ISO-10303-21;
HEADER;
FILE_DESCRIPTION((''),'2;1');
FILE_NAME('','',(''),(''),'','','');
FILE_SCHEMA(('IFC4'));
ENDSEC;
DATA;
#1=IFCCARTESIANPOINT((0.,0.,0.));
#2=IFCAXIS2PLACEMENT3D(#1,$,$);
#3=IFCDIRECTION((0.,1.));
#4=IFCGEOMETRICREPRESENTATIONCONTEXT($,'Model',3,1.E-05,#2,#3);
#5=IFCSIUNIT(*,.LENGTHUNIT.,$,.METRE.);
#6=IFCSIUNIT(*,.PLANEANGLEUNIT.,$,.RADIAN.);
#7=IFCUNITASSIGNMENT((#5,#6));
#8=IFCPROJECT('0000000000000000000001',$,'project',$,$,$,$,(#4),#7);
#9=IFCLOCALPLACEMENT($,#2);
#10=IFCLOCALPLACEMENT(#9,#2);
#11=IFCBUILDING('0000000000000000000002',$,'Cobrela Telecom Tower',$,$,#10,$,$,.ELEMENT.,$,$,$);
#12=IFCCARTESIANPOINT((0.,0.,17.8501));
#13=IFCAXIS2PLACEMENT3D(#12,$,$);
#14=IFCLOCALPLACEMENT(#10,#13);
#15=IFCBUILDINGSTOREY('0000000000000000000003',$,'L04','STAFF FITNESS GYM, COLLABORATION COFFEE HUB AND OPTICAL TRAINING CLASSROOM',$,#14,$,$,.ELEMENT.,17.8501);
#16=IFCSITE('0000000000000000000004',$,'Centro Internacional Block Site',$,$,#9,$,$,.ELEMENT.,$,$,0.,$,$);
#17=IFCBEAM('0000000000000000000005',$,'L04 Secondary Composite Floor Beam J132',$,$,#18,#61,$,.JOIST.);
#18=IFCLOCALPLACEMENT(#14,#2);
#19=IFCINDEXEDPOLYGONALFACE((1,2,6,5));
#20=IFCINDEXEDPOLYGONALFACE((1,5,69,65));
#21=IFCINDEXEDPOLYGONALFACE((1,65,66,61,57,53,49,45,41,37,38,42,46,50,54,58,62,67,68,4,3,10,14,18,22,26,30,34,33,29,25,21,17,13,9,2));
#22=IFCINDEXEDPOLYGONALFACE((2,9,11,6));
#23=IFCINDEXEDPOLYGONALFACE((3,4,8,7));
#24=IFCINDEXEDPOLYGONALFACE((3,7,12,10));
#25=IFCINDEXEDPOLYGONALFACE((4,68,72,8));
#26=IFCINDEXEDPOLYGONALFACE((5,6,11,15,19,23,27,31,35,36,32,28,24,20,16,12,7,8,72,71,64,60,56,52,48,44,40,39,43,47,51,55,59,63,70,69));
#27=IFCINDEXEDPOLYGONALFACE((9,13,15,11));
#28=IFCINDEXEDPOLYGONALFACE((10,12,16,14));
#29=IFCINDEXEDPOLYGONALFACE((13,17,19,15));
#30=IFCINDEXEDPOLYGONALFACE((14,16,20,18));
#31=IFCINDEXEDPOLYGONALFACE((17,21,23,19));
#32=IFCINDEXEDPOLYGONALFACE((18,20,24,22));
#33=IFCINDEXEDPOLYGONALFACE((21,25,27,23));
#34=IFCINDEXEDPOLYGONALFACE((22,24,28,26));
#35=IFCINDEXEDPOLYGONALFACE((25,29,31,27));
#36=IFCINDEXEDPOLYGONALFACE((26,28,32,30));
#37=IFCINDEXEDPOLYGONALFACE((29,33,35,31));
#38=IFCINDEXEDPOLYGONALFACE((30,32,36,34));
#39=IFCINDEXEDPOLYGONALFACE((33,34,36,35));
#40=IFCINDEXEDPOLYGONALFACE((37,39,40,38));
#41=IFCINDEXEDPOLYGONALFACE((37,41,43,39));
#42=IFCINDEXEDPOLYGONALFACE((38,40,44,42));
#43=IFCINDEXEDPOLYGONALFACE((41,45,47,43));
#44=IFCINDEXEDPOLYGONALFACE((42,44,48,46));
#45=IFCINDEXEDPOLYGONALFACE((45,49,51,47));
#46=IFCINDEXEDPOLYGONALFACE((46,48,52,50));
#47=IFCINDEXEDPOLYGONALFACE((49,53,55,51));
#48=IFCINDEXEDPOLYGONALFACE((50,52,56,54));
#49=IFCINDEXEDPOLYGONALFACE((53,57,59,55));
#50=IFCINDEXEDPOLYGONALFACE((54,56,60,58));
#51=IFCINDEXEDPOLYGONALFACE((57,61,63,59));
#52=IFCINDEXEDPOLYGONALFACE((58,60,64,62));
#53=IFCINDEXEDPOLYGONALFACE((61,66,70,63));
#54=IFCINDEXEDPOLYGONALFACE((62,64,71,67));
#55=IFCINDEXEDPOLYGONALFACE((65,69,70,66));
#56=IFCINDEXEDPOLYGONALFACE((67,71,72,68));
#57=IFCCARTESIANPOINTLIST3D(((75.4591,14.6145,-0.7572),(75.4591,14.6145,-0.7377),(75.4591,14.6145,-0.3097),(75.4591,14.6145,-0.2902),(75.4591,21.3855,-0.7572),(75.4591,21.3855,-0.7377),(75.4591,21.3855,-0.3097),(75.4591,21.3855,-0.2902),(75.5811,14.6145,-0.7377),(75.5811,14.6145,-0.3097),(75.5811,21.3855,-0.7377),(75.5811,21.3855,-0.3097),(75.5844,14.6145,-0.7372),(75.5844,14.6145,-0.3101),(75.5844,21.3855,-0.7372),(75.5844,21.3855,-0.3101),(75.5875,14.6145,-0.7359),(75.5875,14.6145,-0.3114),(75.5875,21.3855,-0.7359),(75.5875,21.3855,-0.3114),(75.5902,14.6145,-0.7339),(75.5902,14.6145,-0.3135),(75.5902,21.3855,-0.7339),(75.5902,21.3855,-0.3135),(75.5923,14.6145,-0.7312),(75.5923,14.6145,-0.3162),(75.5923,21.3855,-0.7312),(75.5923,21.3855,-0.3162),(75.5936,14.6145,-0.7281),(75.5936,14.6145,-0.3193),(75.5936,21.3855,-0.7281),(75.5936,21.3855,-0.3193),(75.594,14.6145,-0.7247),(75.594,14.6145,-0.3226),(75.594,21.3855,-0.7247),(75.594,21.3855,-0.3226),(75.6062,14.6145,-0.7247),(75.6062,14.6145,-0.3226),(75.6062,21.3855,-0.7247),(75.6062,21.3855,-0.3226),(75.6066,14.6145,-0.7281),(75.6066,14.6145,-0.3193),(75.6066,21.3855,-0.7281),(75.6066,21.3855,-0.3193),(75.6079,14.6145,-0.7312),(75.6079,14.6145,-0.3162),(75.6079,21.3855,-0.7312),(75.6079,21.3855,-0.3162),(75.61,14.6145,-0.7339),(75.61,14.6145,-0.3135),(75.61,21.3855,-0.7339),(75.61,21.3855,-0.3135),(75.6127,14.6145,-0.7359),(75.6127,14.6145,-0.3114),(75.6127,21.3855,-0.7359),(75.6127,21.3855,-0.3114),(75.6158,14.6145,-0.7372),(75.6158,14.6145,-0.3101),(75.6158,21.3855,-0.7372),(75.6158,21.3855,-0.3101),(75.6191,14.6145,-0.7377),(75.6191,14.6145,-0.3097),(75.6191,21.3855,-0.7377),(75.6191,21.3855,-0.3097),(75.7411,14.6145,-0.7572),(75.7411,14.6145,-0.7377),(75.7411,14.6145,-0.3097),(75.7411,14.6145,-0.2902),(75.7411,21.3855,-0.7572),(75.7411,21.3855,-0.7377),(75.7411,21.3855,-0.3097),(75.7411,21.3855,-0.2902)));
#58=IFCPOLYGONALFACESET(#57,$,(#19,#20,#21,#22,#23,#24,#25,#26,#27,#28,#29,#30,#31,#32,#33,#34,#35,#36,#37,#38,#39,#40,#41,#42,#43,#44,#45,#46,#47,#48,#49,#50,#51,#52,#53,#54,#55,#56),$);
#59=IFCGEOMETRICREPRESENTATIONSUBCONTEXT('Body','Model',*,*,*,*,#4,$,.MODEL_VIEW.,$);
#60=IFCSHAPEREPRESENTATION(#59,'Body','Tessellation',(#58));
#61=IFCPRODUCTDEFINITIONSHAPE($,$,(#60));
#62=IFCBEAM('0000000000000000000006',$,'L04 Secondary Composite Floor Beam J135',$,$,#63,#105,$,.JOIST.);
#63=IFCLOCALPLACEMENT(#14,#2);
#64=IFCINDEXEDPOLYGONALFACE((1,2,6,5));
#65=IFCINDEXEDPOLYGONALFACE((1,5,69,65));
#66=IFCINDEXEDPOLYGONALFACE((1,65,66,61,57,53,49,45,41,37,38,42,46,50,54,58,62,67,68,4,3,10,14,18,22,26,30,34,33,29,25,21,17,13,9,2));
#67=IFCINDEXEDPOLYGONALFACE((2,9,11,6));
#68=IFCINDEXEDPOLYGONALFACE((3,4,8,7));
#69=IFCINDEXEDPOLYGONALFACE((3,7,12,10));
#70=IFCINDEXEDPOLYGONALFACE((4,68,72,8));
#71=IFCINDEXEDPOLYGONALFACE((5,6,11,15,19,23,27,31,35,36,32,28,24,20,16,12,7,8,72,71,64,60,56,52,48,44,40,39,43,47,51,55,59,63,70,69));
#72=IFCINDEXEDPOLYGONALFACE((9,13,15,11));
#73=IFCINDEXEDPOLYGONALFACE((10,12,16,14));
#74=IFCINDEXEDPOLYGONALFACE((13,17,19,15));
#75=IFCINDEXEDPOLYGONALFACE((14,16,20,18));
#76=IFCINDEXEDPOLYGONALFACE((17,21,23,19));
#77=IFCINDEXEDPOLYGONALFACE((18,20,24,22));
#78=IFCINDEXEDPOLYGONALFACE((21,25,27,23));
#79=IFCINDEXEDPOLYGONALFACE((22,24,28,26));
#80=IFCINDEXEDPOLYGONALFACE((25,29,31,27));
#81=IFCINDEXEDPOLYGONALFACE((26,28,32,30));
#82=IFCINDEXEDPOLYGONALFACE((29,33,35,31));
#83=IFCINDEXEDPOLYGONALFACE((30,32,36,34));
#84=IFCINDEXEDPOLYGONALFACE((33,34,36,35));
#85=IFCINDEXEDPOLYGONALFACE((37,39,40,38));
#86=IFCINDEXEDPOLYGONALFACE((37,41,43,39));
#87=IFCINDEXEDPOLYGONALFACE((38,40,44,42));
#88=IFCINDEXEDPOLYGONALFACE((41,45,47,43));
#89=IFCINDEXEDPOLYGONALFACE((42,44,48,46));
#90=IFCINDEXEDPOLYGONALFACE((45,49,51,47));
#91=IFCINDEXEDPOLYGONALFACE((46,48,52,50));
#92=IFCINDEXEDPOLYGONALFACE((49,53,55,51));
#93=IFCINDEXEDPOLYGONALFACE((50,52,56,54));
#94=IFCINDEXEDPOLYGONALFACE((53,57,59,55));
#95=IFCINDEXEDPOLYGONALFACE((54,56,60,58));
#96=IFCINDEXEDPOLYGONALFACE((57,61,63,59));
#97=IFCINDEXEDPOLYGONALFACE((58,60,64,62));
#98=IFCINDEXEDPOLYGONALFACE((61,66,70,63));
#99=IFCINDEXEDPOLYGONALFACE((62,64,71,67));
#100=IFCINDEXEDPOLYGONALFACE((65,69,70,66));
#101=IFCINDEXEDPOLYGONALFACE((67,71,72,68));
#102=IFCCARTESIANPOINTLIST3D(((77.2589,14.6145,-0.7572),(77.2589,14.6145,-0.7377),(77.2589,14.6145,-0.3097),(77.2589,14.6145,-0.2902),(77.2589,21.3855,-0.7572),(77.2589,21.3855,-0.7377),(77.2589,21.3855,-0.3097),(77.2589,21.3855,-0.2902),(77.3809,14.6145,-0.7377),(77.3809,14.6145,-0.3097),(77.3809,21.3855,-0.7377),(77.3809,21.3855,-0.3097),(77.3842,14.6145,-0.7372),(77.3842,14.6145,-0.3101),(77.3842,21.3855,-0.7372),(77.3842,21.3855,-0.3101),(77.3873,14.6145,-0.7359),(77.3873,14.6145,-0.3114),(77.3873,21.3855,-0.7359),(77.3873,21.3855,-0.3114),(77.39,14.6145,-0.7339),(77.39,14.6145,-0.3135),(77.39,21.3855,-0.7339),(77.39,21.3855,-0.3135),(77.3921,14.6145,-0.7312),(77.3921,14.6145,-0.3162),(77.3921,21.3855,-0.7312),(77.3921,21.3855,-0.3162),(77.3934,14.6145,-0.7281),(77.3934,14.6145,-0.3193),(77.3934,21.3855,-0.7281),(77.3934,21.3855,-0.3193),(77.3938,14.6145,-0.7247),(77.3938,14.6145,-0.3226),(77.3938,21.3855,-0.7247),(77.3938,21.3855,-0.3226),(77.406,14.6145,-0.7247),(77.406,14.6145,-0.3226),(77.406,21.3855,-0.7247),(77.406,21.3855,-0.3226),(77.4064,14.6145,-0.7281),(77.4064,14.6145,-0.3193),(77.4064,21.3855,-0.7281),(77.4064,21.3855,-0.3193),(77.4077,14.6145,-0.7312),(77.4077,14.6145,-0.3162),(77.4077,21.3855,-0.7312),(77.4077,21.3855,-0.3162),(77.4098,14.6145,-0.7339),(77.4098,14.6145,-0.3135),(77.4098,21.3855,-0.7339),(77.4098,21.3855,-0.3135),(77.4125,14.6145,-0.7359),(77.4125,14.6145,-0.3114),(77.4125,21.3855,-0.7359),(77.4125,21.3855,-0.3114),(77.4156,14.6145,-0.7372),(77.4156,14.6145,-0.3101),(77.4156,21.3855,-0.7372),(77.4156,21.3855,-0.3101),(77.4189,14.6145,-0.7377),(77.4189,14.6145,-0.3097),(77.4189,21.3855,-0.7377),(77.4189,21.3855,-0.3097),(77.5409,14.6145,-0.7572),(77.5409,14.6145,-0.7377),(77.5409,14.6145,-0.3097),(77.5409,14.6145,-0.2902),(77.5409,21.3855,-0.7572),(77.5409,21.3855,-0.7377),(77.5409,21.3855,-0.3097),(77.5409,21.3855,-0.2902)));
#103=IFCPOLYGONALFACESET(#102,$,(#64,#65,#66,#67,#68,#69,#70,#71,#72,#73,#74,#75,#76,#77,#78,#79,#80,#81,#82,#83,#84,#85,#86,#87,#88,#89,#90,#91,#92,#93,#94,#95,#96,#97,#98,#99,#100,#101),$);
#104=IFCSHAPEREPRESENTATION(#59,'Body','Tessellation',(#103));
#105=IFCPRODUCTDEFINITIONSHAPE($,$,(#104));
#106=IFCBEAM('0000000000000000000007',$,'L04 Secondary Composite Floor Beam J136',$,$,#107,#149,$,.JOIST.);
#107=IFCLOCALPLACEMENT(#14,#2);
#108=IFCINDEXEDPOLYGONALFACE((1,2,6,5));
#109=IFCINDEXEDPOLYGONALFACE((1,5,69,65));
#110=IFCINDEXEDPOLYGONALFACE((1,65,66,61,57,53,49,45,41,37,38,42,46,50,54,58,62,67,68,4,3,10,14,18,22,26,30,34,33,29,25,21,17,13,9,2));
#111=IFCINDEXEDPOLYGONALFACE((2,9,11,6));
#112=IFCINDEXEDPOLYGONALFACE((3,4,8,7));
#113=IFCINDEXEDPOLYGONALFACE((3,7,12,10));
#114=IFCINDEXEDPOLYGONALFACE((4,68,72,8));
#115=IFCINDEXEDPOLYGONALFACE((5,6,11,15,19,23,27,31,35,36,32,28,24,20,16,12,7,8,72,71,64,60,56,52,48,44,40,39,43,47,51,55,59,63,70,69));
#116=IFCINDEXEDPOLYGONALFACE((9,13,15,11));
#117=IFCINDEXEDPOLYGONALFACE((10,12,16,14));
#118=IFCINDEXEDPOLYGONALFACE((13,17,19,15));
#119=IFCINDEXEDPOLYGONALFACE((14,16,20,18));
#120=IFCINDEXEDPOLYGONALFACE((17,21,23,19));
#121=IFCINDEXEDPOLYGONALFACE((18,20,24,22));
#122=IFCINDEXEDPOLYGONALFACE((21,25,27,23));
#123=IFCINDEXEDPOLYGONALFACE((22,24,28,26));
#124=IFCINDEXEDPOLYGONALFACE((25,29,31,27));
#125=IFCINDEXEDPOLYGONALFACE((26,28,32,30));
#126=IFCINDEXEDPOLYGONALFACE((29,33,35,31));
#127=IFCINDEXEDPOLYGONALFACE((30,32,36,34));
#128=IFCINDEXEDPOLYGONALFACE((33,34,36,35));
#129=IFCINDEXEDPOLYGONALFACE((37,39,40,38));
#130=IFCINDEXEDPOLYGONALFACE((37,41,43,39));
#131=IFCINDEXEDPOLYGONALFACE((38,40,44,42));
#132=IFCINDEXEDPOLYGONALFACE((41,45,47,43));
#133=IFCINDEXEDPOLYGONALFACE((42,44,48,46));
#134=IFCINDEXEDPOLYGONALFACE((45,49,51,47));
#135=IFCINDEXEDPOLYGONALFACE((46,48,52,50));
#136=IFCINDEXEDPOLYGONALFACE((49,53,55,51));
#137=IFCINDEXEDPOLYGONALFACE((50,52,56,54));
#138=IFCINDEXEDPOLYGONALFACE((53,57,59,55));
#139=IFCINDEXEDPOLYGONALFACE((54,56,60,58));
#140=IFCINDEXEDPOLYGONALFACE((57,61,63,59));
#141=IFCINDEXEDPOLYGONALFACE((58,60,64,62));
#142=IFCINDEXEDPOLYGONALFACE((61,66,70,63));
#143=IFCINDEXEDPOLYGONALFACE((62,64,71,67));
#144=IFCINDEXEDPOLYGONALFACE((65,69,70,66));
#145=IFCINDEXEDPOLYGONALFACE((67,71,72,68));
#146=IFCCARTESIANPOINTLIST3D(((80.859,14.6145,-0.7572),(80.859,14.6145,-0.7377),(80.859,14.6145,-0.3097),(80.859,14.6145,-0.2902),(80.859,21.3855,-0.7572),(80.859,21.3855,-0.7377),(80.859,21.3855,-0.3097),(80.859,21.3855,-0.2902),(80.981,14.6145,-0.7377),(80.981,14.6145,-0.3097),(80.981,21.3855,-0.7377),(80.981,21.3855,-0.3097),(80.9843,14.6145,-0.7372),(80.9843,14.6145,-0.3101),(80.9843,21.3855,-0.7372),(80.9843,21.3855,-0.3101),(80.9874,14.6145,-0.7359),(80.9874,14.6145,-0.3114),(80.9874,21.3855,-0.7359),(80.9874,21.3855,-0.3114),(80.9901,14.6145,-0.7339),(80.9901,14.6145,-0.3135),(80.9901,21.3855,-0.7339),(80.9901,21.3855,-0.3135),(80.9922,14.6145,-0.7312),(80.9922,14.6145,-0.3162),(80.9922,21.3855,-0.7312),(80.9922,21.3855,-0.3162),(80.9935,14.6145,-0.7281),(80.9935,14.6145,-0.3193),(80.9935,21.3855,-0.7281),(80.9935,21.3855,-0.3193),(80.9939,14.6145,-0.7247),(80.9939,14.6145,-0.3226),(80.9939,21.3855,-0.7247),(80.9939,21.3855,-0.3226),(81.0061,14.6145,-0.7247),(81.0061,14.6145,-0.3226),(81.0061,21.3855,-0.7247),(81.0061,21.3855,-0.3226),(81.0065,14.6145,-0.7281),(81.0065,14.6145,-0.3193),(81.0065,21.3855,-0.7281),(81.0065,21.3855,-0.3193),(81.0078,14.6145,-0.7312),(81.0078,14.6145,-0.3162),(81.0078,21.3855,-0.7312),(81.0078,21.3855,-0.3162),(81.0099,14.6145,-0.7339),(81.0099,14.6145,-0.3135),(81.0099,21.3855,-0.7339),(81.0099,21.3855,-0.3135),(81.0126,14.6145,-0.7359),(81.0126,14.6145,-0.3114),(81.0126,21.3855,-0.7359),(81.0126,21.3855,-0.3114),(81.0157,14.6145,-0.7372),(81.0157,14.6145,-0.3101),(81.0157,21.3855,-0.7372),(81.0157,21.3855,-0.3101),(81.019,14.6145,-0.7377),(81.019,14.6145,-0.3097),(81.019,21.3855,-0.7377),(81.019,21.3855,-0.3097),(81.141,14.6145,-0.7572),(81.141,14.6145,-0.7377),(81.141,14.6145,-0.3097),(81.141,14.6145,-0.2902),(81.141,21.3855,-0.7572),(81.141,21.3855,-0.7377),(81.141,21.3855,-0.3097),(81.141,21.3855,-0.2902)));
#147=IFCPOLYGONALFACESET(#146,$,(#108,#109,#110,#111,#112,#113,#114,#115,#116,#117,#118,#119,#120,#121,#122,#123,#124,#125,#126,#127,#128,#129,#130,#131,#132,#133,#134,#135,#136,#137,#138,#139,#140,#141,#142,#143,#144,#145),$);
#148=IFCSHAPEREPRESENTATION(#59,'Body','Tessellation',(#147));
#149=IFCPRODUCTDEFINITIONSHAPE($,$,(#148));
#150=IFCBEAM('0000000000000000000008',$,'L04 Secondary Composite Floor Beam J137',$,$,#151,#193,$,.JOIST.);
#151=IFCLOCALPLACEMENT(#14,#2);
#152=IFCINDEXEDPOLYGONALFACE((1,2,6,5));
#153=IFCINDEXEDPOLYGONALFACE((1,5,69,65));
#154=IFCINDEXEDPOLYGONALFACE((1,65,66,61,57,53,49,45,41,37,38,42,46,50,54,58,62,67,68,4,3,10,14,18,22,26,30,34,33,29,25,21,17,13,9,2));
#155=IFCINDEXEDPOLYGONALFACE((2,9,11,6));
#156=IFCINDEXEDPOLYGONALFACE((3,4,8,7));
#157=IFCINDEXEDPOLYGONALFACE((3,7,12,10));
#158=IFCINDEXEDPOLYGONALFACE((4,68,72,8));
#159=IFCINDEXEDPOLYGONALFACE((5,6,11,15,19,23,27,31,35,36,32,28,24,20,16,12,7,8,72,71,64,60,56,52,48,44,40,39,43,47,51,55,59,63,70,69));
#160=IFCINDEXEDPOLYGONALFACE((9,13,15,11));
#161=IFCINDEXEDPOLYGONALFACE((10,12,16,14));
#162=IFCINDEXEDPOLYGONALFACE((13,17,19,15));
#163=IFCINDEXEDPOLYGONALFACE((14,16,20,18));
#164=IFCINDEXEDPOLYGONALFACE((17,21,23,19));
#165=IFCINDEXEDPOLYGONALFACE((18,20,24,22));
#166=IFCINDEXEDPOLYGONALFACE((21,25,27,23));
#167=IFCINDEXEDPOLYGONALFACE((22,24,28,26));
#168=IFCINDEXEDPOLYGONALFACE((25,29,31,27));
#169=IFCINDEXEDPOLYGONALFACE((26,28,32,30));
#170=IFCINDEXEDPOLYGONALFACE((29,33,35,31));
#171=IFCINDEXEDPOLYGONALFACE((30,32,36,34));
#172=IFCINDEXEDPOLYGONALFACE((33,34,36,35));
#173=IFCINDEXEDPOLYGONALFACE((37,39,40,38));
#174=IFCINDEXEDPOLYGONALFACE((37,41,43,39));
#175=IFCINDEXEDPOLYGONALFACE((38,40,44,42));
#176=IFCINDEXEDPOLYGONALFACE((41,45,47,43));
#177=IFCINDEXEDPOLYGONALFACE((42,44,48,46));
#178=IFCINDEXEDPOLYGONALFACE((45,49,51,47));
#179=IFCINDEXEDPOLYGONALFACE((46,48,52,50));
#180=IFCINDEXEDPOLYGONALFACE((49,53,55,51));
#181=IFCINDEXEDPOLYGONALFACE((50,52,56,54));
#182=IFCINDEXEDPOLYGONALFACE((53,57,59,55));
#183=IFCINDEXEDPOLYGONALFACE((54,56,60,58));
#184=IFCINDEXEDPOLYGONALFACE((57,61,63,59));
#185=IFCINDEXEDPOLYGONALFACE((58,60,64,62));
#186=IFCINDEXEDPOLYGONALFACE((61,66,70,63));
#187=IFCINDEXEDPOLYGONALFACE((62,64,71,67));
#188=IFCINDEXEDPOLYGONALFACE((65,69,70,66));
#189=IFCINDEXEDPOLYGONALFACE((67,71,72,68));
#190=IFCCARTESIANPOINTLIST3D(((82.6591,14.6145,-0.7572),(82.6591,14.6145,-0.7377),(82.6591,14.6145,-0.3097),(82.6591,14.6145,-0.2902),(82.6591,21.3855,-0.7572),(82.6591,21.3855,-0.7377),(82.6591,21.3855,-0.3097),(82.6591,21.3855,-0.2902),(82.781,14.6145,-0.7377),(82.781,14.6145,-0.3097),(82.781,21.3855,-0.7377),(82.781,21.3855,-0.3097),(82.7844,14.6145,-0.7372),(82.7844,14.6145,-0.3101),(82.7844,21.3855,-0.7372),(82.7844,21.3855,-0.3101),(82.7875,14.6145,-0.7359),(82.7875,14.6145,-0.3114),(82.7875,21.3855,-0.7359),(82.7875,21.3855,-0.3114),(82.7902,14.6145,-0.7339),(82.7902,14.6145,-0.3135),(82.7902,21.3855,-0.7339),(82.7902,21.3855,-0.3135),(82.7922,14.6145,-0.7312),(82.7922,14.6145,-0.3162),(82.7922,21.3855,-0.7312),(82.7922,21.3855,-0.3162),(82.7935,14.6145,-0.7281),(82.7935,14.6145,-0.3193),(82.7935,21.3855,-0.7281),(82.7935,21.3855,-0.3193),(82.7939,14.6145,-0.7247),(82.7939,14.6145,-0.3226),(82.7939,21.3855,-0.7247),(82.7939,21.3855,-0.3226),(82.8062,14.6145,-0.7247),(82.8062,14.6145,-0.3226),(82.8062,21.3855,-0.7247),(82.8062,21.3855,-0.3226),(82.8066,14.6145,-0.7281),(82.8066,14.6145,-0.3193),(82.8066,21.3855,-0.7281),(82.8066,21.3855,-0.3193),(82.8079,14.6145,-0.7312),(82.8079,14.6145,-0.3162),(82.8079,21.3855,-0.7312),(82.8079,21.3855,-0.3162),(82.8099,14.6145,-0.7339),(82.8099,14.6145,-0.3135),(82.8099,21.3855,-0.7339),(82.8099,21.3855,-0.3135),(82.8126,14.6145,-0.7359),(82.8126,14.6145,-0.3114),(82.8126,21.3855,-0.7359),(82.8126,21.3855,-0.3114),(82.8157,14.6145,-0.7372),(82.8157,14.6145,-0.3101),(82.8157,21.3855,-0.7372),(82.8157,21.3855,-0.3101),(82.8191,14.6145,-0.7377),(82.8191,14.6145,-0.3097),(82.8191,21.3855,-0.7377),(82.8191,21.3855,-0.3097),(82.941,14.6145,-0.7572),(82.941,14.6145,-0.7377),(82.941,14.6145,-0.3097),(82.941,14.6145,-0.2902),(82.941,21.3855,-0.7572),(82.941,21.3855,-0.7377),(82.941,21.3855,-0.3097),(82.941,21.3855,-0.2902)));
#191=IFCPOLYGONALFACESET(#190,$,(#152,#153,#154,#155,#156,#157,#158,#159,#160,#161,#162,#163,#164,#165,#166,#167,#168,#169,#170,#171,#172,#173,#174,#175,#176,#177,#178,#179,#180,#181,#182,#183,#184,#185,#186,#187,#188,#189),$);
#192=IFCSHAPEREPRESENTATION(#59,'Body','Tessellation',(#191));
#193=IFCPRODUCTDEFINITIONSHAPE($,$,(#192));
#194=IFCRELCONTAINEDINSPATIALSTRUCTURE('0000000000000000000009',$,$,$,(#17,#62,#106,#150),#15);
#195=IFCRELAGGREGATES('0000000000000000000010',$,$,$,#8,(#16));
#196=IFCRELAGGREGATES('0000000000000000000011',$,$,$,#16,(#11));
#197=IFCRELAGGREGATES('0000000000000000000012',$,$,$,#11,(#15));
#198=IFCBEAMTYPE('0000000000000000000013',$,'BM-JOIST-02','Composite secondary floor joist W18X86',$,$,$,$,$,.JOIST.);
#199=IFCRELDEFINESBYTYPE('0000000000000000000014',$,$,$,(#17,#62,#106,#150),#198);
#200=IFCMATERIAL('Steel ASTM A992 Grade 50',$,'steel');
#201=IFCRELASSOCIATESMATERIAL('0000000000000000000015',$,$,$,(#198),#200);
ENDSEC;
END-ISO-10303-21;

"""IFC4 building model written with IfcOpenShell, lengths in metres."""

from ifc_helpers import new_model, si_unit, direction, frame, origin, origin_2d, place, context, subcontext, project, spatial, i_section, extrude, material, material_profile, profile_set, type_object, element, save


model = new_model("IFC4")

# Units and contexts
model_context = context("Model", 3, precision=1e-05, world=origin(), true_north=direction((0.0, 1.0)))
body_context = subcontext(model_context, "Body", "Model", "MODEL_VIEW")
ifc_project = project(units=[si_unit("LENGTHUNIT", "METRE"), si_unit("PLANEANGLEUNIT", "RADIAN")], contexts=[model_context])

# Site, building, storey
site_placement = place(None, origin())
site = spatial("IfcSite", under=ifc_project, at=site_placement, Name="Centro Internacional Block Site", CompositionType="ELEMENT", RefElevation=0.0)
building_placement = place(site_placement, origin())
building = spatial("IfcBuilding", under=site, at=building_placement, Name="Cobrela Telecom Tower", CompositionType="ELEMENT")
storey_placement = place(building_placement, frame((0.0, 0.0, 17.8501)))
storey = spatial("IfcBuildingStorey", under=building, at=storey_placement, Name="L04", Description="STAFF FITNESS GYM, COLLABORATION COFFEE HUB AND OPTICAL TRAINING CLASSROOM", CompositionType="ELEMENT", Elevation=17.8501)

# Beams
ifc_material_1 = material(Name="Steel ASTM A992 Grade 50", Category="steel")
ifc_material_profile_1 = material_profile(ifc_material_1, i_section(OverallWidth=0.282, OverallDepth=0.467, WebThickness=0.0122, FlangeThickness=0.0195, FilletRadius=0.0129, at=origin_2d()), Name="W18X86")
ifc_profile_set_1 = profile_set([ifc_material_profile_1], Name="Steel ASTM A992 Grade 50")
beam_type_1 = type_object("IfcBeamType", Name="BM-JOIST-02", Description="Composite secondary floor joist W18X86", PredefinedType="JOIST", material=ifc_profile_set_1)
for number, where, z_axis, x_axis, name in (
    (1, (75.6001, 14.6145, -0.5237), (0.0, 1.0, 0.0), (-1.0, 0.0, 0.0), "L04 Secondary Composite Floor Beam J132"),
    (2, (77.3999, 14.6145, -0.5237), (0.0, 1.0, 0.0), (-1.0, 0.0, 0.0), "L04 Secondary Composite Floor Beam J135"),
    (3, (81.0, 14.6145, -0.5237), (0.0, 1.0, 0.0), (-1.0, 0.0, 0.0), "L04 Secondary Composite Floor Beam J136"),
    (4, (82.8, 14.6145, -0.5237), (0.0, 1.0, 0.0), (-1.0, 0.0, 0.0), "L04 Secondary Composite Floor Beam J137"),
):
    element("IfcBeam", number, at=place(storey_placement, frame(where, z_axis=z_axis, x_axis=x_axis)), inside=storey, type_object=beam_type_1, Name=name, PredefinedType="JOIST", context=body_context, shape_type="SweptSolid", body=[
        extrude(i_section(OverallWidth=0.282, OverallDepth=0.467, WebThickness=0.0122, FlangeThickness=0.0195, FilletRadius=0.0129, at=origin_2d()), origin(), (0.0, 0.0, 1.0), 6.771),
    ])

save(model, "model.ifc")
